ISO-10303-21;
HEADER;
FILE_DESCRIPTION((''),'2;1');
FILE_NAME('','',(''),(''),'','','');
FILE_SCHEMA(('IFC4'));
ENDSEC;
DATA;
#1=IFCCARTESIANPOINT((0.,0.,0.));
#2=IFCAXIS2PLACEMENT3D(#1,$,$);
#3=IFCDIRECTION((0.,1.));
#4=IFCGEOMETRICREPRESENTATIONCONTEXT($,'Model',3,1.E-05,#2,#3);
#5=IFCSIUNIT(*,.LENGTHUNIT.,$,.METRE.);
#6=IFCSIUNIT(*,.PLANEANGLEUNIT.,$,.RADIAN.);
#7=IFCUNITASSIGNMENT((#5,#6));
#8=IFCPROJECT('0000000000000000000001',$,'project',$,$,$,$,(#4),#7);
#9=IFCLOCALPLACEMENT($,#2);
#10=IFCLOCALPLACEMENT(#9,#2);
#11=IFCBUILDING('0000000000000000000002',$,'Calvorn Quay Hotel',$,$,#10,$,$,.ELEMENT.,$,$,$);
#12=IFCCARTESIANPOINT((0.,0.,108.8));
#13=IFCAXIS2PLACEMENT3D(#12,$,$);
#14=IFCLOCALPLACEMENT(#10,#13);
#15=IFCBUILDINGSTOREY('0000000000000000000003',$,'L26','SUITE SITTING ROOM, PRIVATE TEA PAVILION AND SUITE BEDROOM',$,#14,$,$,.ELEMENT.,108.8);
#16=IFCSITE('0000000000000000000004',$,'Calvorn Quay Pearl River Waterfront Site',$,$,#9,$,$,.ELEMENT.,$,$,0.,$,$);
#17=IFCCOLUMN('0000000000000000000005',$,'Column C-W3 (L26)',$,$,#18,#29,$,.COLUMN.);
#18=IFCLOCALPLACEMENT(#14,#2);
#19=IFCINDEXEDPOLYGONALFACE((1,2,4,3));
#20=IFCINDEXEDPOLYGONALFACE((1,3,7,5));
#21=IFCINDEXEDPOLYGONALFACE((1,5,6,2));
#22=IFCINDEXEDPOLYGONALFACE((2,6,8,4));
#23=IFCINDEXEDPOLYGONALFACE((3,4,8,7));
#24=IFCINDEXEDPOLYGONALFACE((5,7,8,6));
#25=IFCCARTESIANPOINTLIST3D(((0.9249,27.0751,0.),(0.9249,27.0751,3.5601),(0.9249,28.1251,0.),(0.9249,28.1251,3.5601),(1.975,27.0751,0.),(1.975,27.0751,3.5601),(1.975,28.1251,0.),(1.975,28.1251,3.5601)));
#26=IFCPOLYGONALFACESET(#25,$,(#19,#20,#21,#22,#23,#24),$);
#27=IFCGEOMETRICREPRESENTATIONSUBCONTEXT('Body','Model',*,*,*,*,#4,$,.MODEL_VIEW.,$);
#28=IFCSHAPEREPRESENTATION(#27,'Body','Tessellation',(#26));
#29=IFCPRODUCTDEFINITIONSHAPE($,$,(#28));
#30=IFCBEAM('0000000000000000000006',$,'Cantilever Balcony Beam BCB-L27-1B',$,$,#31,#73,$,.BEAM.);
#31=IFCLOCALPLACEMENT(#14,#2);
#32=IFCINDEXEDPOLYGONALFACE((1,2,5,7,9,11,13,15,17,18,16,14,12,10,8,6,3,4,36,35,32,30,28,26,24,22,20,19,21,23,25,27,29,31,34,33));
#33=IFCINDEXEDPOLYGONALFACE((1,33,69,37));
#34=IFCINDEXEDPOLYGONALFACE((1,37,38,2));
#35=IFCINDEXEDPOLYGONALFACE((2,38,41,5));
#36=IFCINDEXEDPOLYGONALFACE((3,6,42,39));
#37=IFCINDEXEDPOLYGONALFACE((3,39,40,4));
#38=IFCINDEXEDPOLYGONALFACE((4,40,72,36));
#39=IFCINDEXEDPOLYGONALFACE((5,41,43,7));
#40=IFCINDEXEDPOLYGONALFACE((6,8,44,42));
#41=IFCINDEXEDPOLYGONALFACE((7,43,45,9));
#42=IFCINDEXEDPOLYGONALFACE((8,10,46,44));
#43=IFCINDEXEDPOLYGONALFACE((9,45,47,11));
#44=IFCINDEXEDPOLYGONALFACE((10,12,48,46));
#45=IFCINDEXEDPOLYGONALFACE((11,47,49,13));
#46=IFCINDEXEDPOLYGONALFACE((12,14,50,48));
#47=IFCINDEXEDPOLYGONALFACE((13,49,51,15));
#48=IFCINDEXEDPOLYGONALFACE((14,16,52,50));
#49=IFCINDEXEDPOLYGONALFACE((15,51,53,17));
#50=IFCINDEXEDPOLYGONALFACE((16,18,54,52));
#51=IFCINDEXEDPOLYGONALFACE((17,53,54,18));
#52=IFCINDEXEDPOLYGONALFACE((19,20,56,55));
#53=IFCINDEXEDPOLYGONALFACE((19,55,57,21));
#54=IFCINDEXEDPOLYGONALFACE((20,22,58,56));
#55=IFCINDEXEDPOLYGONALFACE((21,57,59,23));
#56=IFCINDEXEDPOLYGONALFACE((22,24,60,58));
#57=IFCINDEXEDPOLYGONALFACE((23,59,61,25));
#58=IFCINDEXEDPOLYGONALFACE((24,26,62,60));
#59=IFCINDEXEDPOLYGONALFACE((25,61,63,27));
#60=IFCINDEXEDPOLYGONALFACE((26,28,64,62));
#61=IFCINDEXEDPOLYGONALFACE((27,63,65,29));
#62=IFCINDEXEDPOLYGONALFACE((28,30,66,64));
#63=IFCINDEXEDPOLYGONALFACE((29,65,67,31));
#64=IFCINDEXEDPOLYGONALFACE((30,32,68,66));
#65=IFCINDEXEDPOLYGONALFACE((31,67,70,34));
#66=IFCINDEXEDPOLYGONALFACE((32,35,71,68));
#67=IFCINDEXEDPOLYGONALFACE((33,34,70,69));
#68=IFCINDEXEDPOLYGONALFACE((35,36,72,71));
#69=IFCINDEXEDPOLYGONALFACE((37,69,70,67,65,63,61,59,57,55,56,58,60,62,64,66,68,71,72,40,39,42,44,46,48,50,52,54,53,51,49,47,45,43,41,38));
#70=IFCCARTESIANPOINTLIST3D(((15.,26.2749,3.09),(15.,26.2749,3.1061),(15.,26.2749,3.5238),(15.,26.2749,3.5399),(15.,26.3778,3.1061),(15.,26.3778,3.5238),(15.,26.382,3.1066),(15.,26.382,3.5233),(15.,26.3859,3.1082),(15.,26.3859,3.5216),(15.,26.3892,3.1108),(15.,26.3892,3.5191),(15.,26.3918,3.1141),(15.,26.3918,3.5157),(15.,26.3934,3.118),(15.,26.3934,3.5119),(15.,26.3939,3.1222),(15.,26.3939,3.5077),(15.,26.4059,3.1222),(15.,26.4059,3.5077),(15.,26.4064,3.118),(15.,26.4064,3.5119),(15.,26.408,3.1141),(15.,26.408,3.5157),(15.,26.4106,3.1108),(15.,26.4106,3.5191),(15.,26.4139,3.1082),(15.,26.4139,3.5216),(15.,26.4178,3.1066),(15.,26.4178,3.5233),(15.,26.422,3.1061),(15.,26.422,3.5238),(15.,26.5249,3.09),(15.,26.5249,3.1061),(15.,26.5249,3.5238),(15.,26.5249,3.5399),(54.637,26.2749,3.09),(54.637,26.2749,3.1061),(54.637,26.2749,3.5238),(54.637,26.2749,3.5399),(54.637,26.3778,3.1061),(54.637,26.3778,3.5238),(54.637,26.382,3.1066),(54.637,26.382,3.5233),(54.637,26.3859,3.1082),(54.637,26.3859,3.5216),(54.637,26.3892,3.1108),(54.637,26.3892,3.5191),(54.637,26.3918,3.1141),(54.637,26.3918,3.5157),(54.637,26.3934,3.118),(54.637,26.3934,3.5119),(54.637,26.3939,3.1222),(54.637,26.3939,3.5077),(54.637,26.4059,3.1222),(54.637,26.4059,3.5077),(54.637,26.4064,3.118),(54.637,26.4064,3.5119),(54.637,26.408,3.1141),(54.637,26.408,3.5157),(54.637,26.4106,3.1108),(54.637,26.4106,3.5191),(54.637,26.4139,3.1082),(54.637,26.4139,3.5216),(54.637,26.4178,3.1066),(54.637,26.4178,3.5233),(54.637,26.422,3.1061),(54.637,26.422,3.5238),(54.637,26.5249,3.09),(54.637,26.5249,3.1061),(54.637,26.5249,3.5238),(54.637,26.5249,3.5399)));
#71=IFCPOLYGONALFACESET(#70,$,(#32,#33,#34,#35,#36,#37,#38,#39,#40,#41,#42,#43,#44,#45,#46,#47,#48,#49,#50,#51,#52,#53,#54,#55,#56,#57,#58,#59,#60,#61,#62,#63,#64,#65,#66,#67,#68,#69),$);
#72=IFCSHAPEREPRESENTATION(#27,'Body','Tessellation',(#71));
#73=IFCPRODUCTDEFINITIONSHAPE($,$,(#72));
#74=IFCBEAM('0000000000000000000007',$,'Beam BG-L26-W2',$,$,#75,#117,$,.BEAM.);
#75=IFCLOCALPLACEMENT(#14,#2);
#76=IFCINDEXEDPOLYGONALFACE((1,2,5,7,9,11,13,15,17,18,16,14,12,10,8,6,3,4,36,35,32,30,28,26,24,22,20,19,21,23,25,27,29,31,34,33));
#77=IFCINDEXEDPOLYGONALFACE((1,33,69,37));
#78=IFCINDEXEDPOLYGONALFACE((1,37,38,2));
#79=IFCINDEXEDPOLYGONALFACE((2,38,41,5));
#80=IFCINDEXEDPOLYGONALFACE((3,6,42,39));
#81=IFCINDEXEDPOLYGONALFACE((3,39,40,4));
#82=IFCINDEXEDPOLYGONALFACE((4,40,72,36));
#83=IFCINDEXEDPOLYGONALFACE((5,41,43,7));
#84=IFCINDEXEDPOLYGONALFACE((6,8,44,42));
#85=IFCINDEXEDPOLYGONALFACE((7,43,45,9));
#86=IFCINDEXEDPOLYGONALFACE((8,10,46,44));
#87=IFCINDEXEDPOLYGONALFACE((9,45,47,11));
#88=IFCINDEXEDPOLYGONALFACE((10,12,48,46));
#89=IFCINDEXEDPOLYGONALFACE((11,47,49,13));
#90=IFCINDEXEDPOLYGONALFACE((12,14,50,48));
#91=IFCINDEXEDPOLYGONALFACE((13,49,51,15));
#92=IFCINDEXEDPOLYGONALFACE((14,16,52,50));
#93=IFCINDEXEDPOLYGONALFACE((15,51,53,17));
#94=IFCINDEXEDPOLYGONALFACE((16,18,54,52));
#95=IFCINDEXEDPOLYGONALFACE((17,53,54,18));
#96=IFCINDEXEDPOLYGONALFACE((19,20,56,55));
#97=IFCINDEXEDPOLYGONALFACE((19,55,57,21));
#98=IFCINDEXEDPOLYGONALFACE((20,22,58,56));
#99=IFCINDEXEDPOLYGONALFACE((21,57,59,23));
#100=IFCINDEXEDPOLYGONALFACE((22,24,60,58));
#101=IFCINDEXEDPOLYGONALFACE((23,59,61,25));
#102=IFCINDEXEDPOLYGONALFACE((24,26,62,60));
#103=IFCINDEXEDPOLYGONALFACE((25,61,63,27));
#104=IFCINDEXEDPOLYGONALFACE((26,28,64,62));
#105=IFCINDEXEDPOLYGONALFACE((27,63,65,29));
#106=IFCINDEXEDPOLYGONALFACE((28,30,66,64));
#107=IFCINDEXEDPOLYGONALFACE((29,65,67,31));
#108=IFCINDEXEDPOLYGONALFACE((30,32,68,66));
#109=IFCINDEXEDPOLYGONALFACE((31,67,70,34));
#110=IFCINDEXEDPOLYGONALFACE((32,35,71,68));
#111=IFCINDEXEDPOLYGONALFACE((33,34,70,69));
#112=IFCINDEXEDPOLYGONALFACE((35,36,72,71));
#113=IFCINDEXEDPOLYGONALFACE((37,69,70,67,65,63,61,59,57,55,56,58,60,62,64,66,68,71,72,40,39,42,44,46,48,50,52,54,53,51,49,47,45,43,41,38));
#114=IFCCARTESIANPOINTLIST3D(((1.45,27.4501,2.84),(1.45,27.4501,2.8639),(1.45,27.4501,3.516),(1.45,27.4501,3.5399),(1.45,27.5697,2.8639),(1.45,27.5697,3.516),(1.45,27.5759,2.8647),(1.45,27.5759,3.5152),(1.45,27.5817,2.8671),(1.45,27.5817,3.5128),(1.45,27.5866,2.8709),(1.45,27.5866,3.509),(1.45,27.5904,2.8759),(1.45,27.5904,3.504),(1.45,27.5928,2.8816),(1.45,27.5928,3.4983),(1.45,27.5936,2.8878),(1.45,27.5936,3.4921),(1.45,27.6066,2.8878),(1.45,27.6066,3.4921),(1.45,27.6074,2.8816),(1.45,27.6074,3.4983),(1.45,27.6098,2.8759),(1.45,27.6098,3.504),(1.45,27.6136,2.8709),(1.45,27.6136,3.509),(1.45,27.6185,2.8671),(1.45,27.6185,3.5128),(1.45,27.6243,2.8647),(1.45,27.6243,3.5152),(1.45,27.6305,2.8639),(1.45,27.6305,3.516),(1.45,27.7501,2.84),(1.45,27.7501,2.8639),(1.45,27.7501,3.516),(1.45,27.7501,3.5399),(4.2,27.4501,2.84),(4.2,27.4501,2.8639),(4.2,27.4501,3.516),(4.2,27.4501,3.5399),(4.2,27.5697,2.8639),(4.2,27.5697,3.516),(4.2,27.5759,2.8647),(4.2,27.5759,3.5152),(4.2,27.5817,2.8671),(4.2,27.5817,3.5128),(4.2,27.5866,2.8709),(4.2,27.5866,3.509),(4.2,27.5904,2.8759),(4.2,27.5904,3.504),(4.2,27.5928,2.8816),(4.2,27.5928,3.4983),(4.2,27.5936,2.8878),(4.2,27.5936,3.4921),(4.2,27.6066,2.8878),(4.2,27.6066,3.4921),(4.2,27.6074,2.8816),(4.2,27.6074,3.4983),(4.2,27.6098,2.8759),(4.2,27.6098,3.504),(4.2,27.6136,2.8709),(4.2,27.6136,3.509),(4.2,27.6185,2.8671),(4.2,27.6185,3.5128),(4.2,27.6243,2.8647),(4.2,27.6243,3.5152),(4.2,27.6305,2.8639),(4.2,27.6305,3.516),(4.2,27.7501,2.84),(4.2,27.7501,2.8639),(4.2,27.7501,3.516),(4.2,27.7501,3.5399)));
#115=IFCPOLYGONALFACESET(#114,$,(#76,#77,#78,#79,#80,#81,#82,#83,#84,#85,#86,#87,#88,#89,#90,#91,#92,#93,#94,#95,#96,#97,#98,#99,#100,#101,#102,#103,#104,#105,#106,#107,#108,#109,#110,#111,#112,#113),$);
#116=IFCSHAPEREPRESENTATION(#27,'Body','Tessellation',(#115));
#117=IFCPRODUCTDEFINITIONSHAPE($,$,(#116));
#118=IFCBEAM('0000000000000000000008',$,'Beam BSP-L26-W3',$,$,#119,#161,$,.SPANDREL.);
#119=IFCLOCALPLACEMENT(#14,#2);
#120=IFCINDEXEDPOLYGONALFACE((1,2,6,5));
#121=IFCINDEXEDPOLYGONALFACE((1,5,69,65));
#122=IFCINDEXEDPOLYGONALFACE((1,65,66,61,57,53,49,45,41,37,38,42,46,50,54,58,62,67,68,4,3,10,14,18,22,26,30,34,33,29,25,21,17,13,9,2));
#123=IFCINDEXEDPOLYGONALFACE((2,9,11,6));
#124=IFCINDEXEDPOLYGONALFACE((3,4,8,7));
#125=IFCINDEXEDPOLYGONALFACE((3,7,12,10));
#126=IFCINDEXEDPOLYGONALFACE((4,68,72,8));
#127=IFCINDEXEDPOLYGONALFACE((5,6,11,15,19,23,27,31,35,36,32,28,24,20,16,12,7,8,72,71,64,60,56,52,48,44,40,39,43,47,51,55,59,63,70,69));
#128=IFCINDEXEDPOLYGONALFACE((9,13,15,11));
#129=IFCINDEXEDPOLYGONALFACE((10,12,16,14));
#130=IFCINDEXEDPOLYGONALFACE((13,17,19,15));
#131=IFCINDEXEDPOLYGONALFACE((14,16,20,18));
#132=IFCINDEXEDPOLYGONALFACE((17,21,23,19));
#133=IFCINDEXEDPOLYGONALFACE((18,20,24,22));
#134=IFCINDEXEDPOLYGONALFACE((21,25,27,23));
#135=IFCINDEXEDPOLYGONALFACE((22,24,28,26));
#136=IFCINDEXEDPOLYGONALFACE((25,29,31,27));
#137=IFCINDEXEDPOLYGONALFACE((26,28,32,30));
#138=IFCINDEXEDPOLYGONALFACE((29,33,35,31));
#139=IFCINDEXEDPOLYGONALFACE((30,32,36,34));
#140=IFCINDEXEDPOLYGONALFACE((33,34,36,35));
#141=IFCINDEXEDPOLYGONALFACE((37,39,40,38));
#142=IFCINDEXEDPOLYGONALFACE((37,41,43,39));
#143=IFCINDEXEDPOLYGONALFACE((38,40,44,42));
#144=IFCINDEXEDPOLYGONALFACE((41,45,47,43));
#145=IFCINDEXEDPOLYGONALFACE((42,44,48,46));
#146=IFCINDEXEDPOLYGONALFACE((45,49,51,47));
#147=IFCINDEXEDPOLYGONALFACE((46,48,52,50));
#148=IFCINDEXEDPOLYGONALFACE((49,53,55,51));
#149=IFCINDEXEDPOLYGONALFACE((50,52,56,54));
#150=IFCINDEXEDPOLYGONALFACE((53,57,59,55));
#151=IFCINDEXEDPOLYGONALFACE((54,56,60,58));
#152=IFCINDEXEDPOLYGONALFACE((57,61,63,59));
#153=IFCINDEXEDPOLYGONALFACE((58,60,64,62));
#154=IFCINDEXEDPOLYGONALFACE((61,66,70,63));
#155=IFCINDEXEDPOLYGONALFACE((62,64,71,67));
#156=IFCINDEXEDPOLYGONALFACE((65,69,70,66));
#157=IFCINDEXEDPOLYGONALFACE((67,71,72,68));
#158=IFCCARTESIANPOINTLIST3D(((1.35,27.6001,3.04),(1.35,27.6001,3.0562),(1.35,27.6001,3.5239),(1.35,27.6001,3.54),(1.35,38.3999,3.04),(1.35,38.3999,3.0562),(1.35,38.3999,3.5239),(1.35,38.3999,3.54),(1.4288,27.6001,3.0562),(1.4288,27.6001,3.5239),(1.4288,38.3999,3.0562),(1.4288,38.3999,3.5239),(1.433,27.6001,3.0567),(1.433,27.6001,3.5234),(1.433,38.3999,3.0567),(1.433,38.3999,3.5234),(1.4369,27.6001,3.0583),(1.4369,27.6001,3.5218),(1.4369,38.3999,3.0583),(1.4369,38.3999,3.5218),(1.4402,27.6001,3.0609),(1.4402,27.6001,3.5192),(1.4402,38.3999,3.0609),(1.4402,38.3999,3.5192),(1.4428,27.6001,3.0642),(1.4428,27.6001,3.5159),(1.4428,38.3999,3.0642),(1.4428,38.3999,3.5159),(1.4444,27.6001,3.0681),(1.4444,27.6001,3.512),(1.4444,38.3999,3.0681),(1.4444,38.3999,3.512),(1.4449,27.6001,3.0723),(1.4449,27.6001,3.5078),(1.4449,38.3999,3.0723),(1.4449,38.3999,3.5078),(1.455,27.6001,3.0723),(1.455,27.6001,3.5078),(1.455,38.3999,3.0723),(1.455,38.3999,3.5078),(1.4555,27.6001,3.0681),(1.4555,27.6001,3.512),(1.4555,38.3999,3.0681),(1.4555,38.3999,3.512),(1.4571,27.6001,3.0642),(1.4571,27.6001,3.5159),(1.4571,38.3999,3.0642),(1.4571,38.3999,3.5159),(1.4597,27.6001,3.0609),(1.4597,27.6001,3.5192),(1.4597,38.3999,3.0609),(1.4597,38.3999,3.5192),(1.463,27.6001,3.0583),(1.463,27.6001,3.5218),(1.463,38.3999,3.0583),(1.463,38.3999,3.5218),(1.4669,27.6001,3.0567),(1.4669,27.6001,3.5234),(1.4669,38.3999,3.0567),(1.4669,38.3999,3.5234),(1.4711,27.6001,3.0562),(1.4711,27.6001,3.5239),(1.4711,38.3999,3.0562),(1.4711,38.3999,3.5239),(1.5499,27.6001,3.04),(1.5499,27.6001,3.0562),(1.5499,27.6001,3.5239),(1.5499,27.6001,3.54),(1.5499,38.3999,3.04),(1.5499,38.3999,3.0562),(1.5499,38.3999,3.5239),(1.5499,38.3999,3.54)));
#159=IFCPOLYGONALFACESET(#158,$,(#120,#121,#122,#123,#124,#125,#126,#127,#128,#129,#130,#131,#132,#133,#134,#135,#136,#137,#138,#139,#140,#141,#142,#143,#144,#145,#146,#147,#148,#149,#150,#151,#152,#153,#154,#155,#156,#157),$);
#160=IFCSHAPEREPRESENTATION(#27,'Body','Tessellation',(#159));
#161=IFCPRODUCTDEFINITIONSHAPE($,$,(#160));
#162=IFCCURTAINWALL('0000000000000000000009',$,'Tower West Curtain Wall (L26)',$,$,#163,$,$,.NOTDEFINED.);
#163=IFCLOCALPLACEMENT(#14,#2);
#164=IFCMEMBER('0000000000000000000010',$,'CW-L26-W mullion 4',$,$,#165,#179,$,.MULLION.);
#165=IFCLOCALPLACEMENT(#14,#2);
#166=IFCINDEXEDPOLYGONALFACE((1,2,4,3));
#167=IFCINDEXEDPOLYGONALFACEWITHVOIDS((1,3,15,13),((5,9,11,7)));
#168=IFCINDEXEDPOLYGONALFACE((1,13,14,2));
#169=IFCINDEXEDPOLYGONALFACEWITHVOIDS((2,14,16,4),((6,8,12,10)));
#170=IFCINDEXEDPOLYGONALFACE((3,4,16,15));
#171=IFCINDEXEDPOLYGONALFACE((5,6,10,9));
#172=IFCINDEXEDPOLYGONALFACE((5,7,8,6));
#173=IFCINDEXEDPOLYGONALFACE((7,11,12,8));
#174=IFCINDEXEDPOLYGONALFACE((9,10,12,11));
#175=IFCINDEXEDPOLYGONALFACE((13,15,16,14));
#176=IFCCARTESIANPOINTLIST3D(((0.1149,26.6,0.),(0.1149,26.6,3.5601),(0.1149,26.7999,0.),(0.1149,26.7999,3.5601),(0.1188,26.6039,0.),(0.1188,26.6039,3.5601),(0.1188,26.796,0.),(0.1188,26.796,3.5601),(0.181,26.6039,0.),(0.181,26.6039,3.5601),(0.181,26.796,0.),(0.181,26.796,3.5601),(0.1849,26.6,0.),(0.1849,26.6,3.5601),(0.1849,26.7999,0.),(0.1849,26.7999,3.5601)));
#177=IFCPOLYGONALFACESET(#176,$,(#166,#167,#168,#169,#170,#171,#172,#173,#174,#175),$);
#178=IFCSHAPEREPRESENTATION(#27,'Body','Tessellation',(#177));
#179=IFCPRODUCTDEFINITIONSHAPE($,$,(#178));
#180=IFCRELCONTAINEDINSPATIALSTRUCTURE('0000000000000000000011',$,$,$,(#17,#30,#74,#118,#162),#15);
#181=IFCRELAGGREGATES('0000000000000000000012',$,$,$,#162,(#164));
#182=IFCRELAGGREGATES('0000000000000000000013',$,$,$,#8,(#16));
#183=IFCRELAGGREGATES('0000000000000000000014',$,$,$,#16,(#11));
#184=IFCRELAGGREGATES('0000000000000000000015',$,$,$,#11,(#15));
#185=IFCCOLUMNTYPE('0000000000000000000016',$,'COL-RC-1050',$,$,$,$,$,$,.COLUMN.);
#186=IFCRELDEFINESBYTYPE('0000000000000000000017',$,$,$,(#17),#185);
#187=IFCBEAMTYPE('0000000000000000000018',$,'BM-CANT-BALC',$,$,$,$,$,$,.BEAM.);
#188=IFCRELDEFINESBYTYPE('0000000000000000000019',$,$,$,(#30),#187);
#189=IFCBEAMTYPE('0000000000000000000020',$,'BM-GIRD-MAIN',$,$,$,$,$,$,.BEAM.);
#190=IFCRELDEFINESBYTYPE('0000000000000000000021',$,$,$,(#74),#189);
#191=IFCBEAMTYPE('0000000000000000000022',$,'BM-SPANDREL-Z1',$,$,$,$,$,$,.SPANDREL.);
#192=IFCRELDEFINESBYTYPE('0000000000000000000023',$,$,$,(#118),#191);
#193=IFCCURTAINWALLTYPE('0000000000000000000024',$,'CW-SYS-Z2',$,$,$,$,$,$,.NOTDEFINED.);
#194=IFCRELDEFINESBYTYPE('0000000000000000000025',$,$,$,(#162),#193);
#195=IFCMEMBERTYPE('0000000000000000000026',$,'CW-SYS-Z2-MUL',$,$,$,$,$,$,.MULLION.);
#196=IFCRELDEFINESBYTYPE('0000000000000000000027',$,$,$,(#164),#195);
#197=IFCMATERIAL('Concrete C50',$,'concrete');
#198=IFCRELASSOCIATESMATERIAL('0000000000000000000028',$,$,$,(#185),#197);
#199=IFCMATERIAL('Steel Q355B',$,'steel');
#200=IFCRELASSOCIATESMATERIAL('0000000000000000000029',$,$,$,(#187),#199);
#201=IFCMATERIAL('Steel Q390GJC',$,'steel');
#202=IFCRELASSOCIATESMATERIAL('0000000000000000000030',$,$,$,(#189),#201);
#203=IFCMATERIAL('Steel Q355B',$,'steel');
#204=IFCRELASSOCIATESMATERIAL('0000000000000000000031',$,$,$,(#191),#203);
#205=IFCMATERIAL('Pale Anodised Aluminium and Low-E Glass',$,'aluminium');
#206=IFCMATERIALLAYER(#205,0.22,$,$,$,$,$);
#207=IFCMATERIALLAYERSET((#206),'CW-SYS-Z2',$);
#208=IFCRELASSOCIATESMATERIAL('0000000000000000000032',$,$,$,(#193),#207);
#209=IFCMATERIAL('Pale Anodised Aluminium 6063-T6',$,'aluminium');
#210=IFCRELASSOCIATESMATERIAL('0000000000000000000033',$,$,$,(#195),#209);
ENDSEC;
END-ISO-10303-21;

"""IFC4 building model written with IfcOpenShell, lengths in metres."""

from ifc_helpers import new_model, si_unit, direction, frame, origin, origin_2d, place, context, subcontext, project, spatial, rectangle, hollow_rectangle, i_section, extrude, material, layer, layer_set, material_profile, profile_set, type_object, element, aggregate, save


model = new_model("IFC4")

# Units and contexts
model_context = context("Model", 3, precision=1e-05, world=origin(), true_north=direction((0.0, 1.0)))
body_context = subcontext(model_context, "Body", "Model", "MODEL_VIEW")
ifc_project = project(units=[si_unit("LENGTHUNIT", "METRE"), si_unit("PLANEANGLEUNIT", "RADIAN")], contexts=[model_context])

# Site, building, storey
site_placement = place(None, origin())
site = spatial("IfcSite", under=ifc_project, at=site_placement, Name="Calvorn Quay Pearl River Waterfront Site", CompositionType="ELEMENT", RefElevation=0.0)
building_placement = place(site_placement, origin())
building = spatial("IfcBuilding", under=site, at=building_placement, Name="Calvorn Quay Hotel", CompositionType="ELEMENT")
storey_placement = place(building_placement, frame((0.0, 0.0, 108.8)))
storey = spatial("IfcBuildingStorey", under=building, at=storey_placement, Name="L26", Description="SUITE SITTING ROOM, PRIVATE TEA PAVILION AND SUITE BEDROOM", CompositionType="ELEMENT", Elevation=108.8)

# Column
ifc_material_1 = material(Name="Concrete C50", Category="concrete")
ifc_material_profile_1 = material_profile(ifc_material_1, rectangle(XDim=1.05, YDim=1.05, at=origin_2d()), Name="RC1050x1050")
ifc_profile_set_1 = profile_set([ifc_material_profile_1], Name="Concrete C50")
column_type = type_object("IfcColumnType", Name="COL-RC-1050", PredefinedType="COLUMN", material=ifc_profile_set_1)
column_placement = place(storey_placement, frame((1.45, 27.6001, 0.0), z_axis=(0.0, 0.0, 1.0), x_axis=(1.0, 0.0, 0.0)))
element("IfcColumn", 1, at=column_placement, inside=storey, type_object=column_type, Name="Column C-W3 (L26)", PredefinedType="COLUMN", context=body_context, shape_type="SweptSolid", body=[
    extrude(rectangle(XDim=1.05, YDim=1.05, at=origin_2d()), origin(), (0.0, 0.0, 1.0), 3.5601),
])

# Beams
ifc_material_2 = material(Name="Steel Q355B", Category="steel")
ifc_material_profile_2 = material_profile(ifc_material_2, i_section(OverallWidth=0.25, OverallDepth=0.45, WebThickness=0.012, FlangeThickness=0.0161, FilletRadius=0.0161, at=origin_2d()), Name="HN450x250x12x16")
ifc_profile_set_2 = profile_set([ifc_material_profile_2], Name="Steel Q355B")
beam_type_1 = type_object("IfcBeamType", Name="BM-CANT-BALC", PredefinedType="BEAM", material=ifc_profile_set_2)
beam_1_placement = place(storey_placement, frame((15.0, 26.3999, 3.3149), z_axis=(1.0, 0.0, 0.0), x_axis=(0.0, 1.0, 0.0)))
element("IfcBeam", 2, at=beam_1_placement, inside=storey, type_object=beam_type_1, Name="Cantilever Balcony Beam BCB-L27-1B", PredefinedType="BEAM", context=body_context, shape_type="SweptSolid", body=[
    extrude(i_section(OverallWidth=0.25, OverallDepth=0.45, WebThickness=0.012, FlangeThickness=0.0161, FilletRadius=0.0161, at=origin_2d()), origin(), (0.0, 0.0, 1.0), 39.637),
])
ifc_material_3 = material(Name="Steel Q390GJC", Category="steel")
ifc_material_profile_3 = material_profile(ifc_material_3, i_section(OverallWidth=0.3, OverallDepth=0.7, WebThickness=0.0129, FlangeThickness=0.0239, FilletRadius=0.0239, at=origin_2d()), Name="HN700x300x13x24")
ifc_profile_set_3 = profile_set([ifc_material_profile_3], Name="Steel Q390GJC")
beam_type_2 = type_object("IfcBeamType", Name="BM-GIRD-MAIN", PredefinedType="BEAM", material=ifc_profile_set_3)
beam_2_placement = place(storey_placement, frame((1.45, 27.6001, 3.1899), z_axis=(1.0, 0.0, 0.0), x_axis=(0.0, 1.0, 0.0)))
element("IfcBeam", 3, at=beam_2_placement, inside=storey, type_object=beam_type_2, Name="Beam BG-L26-W2", PredefinedType="BEAM", context=body_context, shape_type="SweptSolid", body=[
    extrude(i_section(OverallWidth=0.3, OverallDepth=0.7, WebThickness=0.0129, FlangeThickness=0.0239, FilletRadius=0.0239, at=origin_2d()), origin(), (0.0, 0.0, 1.0), 2.75),
])
ifc_material_4 = material(Name="Steel Q355B", Category="steel")
ifc_material_profile_4 = material_profile(ifc_material_4, i_section(OverallWidth=0.2, OverallDepth=0.5, WebThickness=0.01, FlangeThickness=0.0161, FilletRadius=0.0161, at=origin_2d()), Name="HN500x200x10x16")
ifc_profile_set_4 = profile_set([ifc_material_profile_4], Name="Steel Q355B")
beam_type_3 = type_object("IfcBeamType", Name="BM-SPANDREL-Z1", PredefinedType="SPANDREL", material=ifc_profile_set_4)
beam_3_placement = place(storey_placement, frame((1.45, 27.6001, 3.29), z_axis=(0.0, 1.0, 0.0), x_axis=(-1.0, 0.0, 0.0)))
element("IfcBeam", 4, at=beam_3_placement, inside=storey, type_object=beam_type_3, Name="Beam BSP-L26-W3", PredefinedType="SPANDREL", context=body_context, shape_type="SweptSolid", body=[
    extrude(i_section(OverallWidth=0.2, OverallDepth=0.5, WebThickness=0.01, FlangeThickness=0.0161, FilletRadius=0.0161, at=origin_2d()), origin(), (0.0, 0.0, 1.0), 10.7998),
])

# Curtain wall, member
ifc_material_5 = material(Name="Pale Anodised Aluminium and Low-E Glass", Category="aluminium")
ifc_layer_1 = layer(ifc_material_5, 0.22)
ifc_layer_set_1 = layer_set([ifc_layer_1], Name="CW-SYS-Z2")
curtain_wall_type = type_object("IfcCurtainWallType", Name="CW-SYS-Z2", PredefinedType="NOTDEFINED", material=ifc_layer_set_1)
curtain_wall_placement = place(storey_placement, origin())
curtain_wall = element("IfcCurtainWall", 5, at=curtain_wall_placement, inside=storey, type_object=curtain_wall_type, Name="Tower West Curtain Wall (L26)", PredefinedType="NOTDEFINED")
ifc_material_6 = material(Name="Pale Anodised Aluminium 6063-T6", Category="aluminium")
ifc_material_profile_5 = material_profile(ifc_material_6, hollow_rectangle(XDim=0.0701, YDim=0.2, WallThickness=0.0039, at=origin_2d()), Name="ALU-M200x70x4")
ifc_profile_set_5 = profile_set([ifc_material_profile_5], Name="Pale Anodised Aluminium 6063-T6")
member_type_1 = type_object("IfcMemberType", Name="CW-SYS-Z2-MUL", PredefinedType="MULLION", material=ifc_profile_set_5)
member_1_placement = place(storey_placement, frame((0.1499, 26.7, 0.0), z_axis=(0.0, 0.0, 1.0), x_axis=(-1.0, 0.0, 0.0)))
member_1 = element("IfcMember", 6, at=member_1_placement, type_object=member_type_1, Name="CW-L26-W mullion 4", PredefinedType="MULLION", context=body_context, shape_type="SweptSolid", body=[
    extrude(hollow_rectangle(XDim=0.0701, YDim=0.2, WallThickness=0.0039, at=origin_2d()), origin(), (0.0, 0.0, 1.0), 3.5601),
])
aggregate(curtain_wall, [member_1])

save(model, "model.ifc")
